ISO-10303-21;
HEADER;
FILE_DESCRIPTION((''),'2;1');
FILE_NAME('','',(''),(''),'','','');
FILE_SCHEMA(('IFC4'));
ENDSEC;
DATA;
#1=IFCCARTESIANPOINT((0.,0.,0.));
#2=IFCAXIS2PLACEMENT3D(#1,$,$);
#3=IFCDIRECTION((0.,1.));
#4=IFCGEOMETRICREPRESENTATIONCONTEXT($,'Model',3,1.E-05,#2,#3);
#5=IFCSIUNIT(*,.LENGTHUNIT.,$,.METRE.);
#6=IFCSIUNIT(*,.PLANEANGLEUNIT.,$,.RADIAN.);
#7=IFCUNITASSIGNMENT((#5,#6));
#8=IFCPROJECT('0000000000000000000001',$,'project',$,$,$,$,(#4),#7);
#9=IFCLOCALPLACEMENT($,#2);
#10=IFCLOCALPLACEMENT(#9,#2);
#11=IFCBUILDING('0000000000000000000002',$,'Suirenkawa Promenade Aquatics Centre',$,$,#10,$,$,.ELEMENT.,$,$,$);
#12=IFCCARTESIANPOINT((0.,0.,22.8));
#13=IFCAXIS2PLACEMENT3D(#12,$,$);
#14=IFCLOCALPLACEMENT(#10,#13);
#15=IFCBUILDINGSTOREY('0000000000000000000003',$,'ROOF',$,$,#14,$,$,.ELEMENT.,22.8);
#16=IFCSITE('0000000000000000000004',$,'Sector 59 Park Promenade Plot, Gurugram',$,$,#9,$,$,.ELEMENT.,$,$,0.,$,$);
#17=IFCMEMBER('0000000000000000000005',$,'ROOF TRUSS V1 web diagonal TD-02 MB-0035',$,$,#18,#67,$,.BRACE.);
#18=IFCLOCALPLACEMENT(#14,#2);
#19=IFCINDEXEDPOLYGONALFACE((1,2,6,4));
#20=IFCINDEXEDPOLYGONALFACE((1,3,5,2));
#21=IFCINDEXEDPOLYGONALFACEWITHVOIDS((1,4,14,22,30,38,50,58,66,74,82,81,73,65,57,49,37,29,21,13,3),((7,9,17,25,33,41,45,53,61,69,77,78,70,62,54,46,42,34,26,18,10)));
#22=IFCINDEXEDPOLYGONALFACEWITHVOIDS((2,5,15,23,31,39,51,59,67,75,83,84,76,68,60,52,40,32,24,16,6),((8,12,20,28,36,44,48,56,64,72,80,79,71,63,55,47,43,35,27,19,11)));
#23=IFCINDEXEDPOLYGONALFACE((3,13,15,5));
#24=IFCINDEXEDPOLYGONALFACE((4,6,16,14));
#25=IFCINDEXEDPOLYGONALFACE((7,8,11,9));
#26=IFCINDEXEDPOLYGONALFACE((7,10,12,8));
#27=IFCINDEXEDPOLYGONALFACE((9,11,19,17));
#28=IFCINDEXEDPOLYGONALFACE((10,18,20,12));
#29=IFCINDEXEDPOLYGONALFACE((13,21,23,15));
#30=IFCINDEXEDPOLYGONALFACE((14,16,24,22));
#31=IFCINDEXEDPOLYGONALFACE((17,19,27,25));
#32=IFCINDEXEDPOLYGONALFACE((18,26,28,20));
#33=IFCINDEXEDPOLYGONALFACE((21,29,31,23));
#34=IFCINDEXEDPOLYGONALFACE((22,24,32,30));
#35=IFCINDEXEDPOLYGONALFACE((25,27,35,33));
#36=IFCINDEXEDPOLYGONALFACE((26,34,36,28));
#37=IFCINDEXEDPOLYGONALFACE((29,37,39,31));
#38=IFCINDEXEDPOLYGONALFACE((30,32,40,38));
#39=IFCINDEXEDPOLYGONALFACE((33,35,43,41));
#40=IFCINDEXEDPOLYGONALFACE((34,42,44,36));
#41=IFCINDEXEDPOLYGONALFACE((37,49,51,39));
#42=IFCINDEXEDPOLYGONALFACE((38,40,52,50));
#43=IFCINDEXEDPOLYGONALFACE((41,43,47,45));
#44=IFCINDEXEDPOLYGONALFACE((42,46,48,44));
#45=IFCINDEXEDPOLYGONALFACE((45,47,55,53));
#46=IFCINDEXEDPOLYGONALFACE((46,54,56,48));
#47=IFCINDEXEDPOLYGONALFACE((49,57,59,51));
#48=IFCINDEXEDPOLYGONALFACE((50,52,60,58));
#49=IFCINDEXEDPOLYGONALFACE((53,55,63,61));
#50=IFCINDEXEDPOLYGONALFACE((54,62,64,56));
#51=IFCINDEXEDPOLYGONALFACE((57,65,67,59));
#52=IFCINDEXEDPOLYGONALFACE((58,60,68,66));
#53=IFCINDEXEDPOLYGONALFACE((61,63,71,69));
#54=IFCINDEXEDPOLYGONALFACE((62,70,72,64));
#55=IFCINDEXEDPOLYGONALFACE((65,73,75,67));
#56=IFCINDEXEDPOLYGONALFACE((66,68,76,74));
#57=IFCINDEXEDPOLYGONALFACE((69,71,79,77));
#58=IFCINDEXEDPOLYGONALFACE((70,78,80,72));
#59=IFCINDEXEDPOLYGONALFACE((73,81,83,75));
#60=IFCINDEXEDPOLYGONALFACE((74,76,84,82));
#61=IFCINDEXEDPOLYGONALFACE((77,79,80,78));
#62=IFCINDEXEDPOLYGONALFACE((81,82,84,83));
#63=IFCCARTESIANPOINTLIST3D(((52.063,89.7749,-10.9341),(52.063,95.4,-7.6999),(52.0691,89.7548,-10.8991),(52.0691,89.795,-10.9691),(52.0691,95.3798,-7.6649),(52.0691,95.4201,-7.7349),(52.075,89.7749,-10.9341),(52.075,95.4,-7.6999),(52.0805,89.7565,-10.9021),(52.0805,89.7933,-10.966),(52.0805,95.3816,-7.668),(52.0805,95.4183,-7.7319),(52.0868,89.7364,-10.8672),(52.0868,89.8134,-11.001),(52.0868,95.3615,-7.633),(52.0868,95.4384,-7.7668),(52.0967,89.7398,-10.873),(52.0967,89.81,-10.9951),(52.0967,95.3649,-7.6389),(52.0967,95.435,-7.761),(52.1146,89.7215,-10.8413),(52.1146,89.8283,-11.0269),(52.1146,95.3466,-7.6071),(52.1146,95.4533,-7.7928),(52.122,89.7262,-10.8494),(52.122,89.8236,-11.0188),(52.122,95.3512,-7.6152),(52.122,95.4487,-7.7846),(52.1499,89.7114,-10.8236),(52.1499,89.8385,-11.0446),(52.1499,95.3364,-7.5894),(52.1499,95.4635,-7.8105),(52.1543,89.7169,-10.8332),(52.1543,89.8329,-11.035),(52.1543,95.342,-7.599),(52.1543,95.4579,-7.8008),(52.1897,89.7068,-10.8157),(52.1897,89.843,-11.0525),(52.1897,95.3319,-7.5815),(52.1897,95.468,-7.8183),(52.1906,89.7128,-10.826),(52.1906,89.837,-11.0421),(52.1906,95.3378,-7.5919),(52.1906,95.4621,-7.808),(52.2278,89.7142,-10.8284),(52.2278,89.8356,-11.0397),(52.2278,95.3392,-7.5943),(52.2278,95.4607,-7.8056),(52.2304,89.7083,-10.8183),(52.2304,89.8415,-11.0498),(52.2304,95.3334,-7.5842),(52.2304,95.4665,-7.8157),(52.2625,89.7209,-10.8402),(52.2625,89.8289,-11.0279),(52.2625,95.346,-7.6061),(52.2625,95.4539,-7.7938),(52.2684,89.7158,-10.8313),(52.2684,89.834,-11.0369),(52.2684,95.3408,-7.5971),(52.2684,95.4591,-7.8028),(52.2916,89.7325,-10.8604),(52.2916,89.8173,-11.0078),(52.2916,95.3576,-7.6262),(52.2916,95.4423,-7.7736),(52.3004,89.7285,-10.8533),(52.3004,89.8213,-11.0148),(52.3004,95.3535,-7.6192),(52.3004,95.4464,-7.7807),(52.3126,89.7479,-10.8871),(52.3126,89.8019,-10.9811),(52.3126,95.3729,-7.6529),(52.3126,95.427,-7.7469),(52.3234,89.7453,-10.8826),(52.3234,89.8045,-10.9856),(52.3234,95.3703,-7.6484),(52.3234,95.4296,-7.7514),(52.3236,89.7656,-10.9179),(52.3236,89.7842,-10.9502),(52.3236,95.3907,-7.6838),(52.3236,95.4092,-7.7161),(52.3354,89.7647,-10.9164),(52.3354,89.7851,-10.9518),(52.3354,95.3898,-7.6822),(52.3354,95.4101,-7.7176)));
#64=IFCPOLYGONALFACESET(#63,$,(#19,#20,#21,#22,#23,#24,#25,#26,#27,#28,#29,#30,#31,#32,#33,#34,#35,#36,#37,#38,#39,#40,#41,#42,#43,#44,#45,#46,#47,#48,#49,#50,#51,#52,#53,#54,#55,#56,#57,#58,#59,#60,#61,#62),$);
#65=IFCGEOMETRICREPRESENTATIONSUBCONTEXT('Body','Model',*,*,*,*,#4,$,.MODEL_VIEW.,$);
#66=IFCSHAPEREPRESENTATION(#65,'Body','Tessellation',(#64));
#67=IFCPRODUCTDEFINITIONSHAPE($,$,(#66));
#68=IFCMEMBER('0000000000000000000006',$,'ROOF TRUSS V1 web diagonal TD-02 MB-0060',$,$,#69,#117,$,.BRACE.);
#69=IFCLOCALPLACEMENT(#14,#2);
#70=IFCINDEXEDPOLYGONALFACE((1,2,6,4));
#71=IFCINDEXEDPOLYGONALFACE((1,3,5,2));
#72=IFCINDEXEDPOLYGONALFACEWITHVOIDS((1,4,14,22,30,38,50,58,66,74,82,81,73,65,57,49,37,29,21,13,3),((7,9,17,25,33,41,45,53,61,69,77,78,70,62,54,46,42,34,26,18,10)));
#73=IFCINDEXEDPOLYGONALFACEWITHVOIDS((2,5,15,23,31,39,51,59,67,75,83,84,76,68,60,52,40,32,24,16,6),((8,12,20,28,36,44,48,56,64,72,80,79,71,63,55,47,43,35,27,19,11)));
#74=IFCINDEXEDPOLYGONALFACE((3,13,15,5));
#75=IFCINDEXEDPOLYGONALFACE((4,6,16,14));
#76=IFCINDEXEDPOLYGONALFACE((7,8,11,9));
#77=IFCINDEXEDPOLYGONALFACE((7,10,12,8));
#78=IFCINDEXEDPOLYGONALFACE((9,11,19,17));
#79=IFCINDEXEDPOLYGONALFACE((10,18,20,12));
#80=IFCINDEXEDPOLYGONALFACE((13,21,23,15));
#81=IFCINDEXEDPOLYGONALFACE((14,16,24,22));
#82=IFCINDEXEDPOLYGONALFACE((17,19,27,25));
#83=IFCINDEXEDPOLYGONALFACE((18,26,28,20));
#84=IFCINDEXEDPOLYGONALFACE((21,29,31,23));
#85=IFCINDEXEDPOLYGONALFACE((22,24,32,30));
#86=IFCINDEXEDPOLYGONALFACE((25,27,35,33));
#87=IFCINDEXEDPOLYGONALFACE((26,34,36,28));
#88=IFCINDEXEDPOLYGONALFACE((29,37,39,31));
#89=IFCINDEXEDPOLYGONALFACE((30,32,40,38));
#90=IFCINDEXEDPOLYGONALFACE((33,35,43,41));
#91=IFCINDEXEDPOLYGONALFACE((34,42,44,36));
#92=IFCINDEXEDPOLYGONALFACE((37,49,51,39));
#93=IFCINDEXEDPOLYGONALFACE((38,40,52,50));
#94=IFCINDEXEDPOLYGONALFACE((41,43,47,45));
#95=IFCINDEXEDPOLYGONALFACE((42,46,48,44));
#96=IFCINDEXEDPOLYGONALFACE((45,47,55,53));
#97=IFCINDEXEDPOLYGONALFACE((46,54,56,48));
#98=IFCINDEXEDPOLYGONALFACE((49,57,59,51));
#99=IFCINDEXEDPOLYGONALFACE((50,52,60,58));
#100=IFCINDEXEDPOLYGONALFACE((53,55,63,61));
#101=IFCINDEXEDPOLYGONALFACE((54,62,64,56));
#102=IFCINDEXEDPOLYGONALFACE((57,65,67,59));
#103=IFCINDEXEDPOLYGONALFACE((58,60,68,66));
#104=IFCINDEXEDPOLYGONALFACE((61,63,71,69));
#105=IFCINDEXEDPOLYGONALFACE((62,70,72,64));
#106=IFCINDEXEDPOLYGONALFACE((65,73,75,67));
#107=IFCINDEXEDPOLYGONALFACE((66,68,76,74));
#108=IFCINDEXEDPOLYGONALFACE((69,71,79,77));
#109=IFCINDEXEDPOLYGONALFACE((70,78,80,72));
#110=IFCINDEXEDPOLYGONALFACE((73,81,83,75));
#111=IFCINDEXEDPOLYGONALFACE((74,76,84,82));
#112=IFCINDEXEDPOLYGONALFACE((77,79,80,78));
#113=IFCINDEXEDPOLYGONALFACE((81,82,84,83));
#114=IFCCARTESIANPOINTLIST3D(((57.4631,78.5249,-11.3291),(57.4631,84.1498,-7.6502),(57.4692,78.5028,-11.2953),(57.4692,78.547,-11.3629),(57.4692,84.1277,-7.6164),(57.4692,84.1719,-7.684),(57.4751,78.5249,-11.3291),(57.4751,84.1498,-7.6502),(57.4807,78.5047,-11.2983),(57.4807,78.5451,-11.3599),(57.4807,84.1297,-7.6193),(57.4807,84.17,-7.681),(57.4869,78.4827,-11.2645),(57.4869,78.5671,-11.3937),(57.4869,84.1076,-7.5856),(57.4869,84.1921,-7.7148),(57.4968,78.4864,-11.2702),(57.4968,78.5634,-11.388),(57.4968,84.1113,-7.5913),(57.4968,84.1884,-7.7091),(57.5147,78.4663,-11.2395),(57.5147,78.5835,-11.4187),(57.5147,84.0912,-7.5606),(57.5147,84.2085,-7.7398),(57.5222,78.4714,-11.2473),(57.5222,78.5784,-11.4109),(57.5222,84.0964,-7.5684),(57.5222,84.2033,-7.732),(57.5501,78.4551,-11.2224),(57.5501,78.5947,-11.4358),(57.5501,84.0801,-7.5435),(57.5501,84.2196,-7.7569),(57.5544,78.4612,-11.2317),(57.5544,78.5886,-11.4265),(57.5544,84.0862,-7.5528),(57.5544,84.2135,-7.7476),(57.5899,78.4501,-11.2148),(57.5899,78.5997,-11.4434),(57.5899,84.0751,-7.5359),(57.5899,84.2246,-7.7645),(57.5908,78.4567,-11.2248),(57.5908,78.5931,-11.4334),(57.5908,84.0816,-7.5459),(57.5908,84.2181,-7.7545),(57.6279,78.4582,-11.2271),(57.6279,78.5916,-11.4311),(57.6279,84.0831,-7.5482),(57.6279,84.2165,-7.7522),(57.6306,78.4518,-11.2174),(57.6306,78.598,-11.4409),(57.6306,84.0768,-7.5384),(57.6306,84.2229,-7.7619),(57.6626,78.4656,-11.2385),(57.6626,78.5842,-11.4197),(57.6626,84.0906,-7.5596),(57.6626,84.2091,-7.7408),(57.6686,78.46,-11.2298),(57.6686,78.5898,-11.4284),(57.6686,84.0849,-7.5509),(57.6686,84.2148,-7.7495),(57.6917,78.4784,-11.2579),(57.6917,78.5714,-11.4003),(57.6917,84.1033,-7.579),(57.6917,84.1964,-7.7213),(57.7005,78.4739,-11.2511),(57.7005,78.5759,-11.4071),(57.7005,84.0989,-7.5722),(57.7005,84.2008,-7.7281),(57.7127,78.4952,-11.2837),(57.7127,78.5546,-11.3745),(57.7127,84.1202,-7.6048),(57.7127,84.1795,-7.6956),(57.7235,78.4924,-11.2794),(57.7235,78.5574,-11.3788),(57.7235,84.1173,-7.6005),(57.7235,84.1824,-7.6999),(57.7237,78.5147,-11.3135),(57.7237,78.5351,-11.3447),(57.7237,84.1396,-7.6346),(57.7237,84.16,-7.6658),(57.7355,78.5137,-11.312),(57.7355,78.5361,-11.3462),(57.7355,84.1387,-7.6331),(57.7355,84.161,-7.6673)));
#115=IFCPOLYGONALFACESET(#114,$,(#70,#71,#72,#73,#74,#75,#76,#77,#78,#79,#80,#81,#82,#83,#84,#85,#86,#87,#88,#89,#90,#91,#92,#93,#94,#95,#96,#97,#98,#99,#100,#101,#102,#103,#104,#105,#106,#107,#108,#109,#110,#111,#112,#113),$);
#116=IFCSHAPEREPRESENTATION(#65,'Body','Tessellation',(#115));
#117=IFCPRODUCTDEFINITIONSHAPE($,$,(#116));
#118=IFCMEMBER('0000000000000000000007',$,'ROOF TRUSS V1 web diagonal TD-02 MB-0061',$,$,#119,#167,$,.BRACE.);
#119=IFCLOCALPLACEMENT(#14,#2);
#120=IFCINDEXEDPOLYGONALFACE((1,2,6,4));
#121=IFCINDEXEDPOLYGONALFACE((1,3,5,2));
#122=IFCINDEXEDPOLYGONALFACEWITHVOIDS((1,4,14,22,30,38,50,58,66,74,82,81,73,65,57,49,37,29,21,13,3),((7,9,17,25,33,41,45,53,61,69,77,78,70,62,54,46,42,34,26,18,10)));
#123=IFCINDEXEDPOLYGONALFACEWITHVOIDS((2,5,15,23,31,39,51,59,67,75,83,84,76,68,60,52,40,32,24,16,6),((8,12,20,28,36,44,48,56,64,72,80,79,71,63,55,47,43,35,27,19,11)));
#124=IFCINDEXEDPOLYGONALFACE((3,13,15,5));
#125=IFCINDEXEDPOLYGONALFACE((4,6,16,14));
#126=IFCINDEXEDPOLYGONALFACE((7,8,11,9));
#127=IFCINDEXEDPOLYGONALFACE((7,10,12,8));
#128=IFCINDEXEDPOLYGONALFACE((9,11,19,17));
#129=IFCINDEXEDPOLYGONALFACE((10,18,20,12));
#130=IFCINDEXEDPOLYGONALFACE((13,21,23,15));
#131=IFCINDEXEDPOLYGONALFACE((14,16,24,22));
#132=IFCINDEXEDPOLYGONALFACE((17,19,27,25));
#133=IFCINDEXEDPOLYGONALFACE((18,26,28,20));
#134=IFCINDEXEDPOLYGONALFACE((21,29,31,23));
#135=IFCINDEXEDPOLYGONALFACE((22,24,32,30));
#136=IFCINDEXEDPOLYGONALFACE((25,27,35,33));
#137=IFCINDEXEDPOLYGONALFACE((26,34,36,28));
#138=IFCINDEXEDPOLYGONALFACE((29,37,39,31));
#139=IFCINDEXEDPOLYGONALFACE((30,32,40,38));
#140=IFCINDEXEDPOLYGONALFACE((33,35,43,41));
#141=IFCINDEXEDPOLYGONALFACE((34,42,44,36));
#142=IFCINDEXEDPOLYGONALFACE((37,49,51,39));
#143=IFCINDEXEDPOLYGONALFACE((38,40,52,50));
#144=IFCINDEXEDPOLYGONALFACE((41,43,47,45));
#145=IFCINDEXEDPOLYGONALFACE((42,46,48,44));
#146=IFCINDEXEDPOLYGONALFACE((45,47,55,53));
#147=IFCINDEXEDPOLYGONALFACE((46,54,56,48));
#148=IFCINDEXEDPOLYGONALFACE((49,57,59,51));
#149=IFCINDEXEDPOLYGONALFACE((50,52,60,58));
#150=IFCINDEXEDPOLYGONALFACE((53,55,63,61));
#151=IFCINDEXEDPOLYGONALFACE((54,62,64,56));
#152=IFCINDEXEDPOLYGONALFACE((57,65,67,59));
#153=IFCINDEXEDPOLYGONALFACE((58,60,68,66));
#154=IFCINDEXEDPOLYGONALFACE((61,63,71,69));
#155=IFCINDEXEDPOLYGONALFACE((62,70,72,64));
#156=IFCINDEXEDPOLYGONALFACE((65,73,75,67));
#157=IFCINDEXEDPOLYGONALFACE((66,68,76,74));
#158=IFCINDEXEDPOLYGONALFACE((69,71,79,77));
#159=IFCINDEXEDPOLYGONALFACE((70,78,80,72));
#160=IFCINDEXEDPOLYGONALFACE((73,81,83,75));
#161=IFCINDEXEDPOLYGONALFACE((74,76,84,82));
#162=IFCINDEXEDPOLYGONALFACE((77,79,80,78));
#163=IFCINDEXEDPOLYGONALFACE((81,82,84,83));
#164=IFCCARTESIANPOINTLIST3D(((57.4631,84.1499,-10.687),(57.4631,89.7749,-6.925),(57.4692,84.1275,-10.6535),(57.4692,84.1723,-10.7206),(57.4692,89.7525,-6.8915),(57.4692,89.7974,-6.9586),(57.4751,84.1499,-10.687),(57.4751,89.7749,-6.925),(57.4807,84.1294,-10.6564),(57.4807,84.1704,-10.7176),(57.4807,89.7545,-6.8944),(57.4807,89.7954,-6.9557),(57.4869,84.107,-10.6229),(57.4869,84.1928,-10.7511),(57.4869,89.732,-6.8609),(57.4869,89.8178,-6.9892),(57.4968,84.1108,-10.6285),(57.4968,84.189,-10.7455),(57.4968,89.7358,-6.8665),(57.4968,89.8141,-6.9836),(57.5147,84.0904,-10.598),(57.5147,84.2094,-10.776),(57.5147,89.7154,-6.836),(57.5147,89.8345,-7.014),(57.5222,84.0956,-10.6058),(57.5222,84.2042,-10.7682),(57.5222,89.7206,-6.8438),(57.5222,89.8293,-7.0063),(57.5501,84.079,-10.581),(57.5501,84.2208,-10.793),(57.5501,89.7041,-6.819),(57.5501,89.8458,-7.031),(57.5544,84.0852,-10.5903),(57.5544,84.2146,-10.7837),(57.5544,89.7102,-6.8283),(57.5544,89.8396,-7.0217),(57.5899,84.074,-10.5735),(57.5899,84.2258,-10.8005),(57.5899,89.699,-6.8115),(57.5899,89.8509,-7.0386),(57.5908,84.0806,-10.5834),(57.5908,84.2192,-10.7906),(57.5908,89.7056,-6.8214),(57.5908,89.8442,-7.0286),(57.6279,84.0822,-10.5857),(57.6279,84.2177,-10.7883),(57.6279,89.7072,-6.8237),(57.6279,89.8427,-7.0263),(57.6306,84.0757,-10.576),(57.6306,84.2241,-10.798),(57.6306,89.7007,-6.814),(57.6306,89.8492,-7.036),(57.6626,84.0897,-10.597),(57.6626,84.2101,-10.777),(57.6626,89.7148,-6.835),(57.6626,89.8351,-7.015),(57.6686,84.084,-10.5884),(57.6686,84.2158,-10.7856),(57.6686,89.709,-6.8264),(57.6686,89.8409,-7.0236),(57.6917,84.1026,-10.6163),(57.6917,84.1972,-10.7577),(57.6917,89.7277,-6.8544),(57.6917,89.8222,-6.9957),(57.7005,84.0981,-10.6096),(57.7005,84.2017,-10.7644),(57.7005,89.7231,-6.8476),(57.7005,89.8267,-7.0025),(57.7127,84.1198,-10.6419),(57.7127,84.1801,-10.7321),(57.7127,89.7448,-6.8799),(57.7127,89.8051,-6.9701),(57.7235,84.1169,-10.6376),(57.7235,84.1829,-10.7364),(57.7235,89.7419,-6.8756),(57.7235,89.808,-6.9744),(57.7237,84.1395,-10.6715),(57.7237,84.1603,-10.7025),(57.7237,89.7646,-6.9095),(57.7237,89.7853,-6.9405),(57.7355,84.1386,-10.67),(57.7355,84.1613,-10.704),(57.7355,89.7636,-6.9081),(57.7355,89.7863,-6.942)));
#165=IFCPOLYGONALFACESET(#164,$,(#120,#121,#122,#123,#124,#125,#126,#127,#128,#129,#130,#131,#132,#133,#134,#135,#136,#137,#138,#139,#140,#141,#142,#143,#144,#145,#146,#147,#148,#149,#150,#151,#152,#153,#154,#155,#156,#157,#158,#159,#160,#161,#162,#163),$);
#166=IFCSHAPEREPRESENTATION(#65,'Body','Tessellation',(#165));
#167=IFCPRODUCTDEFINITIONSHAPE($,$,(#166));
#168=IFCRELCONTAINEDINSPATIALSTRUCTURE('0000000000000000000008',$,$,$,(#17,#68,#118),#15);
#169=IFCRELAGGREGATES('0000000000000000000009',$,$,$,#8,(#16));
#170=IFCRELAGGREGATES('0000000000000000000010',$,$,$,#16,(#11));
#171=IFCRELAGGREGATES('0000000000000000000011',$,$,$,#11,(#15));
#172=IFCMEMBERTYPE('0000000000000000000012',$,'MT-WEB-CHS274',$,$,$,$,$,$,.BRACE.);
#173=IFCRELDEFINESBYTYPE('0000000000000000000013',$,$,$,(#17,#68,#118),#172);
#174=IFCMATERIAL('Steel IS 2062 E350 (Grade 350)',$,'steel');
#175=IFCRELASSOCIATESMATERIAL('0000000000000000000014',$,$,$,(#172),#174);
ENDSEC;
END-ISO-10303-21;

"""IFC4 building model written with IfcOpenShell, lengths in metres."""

from ifc_helpers import new_model, si_unit, direction, frame, origin, origin_2d, place, context, subcontext, project, spatial, hollow_circle, extrude, material, material_profile, profile_set, type_object, element, save


model = new_model("IFC4")

# Units and contexts
model_context = context("Model", 3, precision=1e-05, world=origin(), true_north=direction((0.0, 1.0)))
body_context = subcontext(model_context, "Body", "Model", "MODEL_VIEW")
ifc_project = project(units=[si_unit("LENGTHUNIT", "METRE"), si_unit("PLANEANGLEUNIT", "RADIAN")], contexts=[model_context])

# Site, building, storey
site_placement = place(None, origin())
site = spatial("IfcSite", under=ifc_project, at=site_placement, Name="Sector 59 Park Promenade Plot, Gurugram", CompositionType="ELEMENT", RefElevation=0.0)
building_placement = place(site_placement, origin())
building = spatial("IfcBuilding", under=site, at=building_placement, Name="Suirenkawa Promenade Aquatics Centre", CompositionType="ELEMENT")
storey_placement = place(building_placement, frame((0.0, 0.0, 22.8)))
storey = spatial("IfcBuildingStorey", under=building, at=storey_placement, Name="ROOF", CompositionType="ELEMENT", Elevation=22.8)

# Shared definitions
ifc_material = material(Name="Steel IS 2062 E350 (Grade 350)", Category="steel")

# Members
ifc_material_profile_1 = material_profile(ifc_material, hollow_circle(Radius=0.137, WallThickness=0.012, at=origin_2d()), Name="CHS 274x12", Category="steel")
ifc_profile_set_1 = profile_set([ifc_material_profile_1], Name="Steel IS 2062 E350 (Grade 350)")
member_type_1 = type_object("IfcMemberType", Name="MT-WEB-CHS274", PredefinedType="BRACE", material=ifc_profile_set_1)
member_1_placement = place(storey_placement, frame((52.2, 89.7749, -10.9341), z_axis=(0.0, 0.866923, 0.498443), x_axis=(-1.0, 0.0, 0.0)))
element("IfcMember", 1, at=member_1_placement, inside=storey, type_object=member_type_1, Name="ROOF TRUSS V1 web diagonal TD-02 MB-0035", PredefinedType="BRACE", context=body_context, shape_type="SweptSolid", body=[
    extrude(hollow_circle(Radius=0.137, WallThickness=0.012, at=origin_2d()), origin(), (0.0, 0.0, 1.0), 6.4885),
])
member_2_placement = place(storey_placement, frame((57.6001, 78.5249, -11.3291), z_axis=(0.0, 0.836897, 0.547361), x_axis=(-1.0, 0.0, 0.0)))
element("IfcMember", 2, at=member_2_placement, inside=storey, type_object=member_type_1, Name="ROOF TRUSS V1 web diagonal TD-02 MB-0060", PredefinedType="BRACE", context=body_context, shape_type="SweptSolid", body=[
    extrude(hollow_circle(Radius=0.137, WallThickness=0.012, at=origin_2d()), origin(), (0.0, 0.0, 1.0), 6.7212),
])
member_3_placement = place(storey_placement, frame((57.6001, 84.1499, -10.687), z_axis=(0.0, 0.831233, 0.555923), x_axis=(-1.0, 0.0, 0.0)))
element("IfcMember", 3, at=member_3_placement, inside=storey, type_object=member_type_1, Name="ROOF TRUSS V1 web diagonal TD-02 MB-0061", PredefinedType="BRACE", context=body_context, shape_type="SweptSolid", body=[
    extrude(hollow_circle(Radius=0.137, WallThickness=0.012, at=origin_2d()), origin(), (0.0, 0.0, 1.0), 6.7671),
])

save(model, "model.ifc")
